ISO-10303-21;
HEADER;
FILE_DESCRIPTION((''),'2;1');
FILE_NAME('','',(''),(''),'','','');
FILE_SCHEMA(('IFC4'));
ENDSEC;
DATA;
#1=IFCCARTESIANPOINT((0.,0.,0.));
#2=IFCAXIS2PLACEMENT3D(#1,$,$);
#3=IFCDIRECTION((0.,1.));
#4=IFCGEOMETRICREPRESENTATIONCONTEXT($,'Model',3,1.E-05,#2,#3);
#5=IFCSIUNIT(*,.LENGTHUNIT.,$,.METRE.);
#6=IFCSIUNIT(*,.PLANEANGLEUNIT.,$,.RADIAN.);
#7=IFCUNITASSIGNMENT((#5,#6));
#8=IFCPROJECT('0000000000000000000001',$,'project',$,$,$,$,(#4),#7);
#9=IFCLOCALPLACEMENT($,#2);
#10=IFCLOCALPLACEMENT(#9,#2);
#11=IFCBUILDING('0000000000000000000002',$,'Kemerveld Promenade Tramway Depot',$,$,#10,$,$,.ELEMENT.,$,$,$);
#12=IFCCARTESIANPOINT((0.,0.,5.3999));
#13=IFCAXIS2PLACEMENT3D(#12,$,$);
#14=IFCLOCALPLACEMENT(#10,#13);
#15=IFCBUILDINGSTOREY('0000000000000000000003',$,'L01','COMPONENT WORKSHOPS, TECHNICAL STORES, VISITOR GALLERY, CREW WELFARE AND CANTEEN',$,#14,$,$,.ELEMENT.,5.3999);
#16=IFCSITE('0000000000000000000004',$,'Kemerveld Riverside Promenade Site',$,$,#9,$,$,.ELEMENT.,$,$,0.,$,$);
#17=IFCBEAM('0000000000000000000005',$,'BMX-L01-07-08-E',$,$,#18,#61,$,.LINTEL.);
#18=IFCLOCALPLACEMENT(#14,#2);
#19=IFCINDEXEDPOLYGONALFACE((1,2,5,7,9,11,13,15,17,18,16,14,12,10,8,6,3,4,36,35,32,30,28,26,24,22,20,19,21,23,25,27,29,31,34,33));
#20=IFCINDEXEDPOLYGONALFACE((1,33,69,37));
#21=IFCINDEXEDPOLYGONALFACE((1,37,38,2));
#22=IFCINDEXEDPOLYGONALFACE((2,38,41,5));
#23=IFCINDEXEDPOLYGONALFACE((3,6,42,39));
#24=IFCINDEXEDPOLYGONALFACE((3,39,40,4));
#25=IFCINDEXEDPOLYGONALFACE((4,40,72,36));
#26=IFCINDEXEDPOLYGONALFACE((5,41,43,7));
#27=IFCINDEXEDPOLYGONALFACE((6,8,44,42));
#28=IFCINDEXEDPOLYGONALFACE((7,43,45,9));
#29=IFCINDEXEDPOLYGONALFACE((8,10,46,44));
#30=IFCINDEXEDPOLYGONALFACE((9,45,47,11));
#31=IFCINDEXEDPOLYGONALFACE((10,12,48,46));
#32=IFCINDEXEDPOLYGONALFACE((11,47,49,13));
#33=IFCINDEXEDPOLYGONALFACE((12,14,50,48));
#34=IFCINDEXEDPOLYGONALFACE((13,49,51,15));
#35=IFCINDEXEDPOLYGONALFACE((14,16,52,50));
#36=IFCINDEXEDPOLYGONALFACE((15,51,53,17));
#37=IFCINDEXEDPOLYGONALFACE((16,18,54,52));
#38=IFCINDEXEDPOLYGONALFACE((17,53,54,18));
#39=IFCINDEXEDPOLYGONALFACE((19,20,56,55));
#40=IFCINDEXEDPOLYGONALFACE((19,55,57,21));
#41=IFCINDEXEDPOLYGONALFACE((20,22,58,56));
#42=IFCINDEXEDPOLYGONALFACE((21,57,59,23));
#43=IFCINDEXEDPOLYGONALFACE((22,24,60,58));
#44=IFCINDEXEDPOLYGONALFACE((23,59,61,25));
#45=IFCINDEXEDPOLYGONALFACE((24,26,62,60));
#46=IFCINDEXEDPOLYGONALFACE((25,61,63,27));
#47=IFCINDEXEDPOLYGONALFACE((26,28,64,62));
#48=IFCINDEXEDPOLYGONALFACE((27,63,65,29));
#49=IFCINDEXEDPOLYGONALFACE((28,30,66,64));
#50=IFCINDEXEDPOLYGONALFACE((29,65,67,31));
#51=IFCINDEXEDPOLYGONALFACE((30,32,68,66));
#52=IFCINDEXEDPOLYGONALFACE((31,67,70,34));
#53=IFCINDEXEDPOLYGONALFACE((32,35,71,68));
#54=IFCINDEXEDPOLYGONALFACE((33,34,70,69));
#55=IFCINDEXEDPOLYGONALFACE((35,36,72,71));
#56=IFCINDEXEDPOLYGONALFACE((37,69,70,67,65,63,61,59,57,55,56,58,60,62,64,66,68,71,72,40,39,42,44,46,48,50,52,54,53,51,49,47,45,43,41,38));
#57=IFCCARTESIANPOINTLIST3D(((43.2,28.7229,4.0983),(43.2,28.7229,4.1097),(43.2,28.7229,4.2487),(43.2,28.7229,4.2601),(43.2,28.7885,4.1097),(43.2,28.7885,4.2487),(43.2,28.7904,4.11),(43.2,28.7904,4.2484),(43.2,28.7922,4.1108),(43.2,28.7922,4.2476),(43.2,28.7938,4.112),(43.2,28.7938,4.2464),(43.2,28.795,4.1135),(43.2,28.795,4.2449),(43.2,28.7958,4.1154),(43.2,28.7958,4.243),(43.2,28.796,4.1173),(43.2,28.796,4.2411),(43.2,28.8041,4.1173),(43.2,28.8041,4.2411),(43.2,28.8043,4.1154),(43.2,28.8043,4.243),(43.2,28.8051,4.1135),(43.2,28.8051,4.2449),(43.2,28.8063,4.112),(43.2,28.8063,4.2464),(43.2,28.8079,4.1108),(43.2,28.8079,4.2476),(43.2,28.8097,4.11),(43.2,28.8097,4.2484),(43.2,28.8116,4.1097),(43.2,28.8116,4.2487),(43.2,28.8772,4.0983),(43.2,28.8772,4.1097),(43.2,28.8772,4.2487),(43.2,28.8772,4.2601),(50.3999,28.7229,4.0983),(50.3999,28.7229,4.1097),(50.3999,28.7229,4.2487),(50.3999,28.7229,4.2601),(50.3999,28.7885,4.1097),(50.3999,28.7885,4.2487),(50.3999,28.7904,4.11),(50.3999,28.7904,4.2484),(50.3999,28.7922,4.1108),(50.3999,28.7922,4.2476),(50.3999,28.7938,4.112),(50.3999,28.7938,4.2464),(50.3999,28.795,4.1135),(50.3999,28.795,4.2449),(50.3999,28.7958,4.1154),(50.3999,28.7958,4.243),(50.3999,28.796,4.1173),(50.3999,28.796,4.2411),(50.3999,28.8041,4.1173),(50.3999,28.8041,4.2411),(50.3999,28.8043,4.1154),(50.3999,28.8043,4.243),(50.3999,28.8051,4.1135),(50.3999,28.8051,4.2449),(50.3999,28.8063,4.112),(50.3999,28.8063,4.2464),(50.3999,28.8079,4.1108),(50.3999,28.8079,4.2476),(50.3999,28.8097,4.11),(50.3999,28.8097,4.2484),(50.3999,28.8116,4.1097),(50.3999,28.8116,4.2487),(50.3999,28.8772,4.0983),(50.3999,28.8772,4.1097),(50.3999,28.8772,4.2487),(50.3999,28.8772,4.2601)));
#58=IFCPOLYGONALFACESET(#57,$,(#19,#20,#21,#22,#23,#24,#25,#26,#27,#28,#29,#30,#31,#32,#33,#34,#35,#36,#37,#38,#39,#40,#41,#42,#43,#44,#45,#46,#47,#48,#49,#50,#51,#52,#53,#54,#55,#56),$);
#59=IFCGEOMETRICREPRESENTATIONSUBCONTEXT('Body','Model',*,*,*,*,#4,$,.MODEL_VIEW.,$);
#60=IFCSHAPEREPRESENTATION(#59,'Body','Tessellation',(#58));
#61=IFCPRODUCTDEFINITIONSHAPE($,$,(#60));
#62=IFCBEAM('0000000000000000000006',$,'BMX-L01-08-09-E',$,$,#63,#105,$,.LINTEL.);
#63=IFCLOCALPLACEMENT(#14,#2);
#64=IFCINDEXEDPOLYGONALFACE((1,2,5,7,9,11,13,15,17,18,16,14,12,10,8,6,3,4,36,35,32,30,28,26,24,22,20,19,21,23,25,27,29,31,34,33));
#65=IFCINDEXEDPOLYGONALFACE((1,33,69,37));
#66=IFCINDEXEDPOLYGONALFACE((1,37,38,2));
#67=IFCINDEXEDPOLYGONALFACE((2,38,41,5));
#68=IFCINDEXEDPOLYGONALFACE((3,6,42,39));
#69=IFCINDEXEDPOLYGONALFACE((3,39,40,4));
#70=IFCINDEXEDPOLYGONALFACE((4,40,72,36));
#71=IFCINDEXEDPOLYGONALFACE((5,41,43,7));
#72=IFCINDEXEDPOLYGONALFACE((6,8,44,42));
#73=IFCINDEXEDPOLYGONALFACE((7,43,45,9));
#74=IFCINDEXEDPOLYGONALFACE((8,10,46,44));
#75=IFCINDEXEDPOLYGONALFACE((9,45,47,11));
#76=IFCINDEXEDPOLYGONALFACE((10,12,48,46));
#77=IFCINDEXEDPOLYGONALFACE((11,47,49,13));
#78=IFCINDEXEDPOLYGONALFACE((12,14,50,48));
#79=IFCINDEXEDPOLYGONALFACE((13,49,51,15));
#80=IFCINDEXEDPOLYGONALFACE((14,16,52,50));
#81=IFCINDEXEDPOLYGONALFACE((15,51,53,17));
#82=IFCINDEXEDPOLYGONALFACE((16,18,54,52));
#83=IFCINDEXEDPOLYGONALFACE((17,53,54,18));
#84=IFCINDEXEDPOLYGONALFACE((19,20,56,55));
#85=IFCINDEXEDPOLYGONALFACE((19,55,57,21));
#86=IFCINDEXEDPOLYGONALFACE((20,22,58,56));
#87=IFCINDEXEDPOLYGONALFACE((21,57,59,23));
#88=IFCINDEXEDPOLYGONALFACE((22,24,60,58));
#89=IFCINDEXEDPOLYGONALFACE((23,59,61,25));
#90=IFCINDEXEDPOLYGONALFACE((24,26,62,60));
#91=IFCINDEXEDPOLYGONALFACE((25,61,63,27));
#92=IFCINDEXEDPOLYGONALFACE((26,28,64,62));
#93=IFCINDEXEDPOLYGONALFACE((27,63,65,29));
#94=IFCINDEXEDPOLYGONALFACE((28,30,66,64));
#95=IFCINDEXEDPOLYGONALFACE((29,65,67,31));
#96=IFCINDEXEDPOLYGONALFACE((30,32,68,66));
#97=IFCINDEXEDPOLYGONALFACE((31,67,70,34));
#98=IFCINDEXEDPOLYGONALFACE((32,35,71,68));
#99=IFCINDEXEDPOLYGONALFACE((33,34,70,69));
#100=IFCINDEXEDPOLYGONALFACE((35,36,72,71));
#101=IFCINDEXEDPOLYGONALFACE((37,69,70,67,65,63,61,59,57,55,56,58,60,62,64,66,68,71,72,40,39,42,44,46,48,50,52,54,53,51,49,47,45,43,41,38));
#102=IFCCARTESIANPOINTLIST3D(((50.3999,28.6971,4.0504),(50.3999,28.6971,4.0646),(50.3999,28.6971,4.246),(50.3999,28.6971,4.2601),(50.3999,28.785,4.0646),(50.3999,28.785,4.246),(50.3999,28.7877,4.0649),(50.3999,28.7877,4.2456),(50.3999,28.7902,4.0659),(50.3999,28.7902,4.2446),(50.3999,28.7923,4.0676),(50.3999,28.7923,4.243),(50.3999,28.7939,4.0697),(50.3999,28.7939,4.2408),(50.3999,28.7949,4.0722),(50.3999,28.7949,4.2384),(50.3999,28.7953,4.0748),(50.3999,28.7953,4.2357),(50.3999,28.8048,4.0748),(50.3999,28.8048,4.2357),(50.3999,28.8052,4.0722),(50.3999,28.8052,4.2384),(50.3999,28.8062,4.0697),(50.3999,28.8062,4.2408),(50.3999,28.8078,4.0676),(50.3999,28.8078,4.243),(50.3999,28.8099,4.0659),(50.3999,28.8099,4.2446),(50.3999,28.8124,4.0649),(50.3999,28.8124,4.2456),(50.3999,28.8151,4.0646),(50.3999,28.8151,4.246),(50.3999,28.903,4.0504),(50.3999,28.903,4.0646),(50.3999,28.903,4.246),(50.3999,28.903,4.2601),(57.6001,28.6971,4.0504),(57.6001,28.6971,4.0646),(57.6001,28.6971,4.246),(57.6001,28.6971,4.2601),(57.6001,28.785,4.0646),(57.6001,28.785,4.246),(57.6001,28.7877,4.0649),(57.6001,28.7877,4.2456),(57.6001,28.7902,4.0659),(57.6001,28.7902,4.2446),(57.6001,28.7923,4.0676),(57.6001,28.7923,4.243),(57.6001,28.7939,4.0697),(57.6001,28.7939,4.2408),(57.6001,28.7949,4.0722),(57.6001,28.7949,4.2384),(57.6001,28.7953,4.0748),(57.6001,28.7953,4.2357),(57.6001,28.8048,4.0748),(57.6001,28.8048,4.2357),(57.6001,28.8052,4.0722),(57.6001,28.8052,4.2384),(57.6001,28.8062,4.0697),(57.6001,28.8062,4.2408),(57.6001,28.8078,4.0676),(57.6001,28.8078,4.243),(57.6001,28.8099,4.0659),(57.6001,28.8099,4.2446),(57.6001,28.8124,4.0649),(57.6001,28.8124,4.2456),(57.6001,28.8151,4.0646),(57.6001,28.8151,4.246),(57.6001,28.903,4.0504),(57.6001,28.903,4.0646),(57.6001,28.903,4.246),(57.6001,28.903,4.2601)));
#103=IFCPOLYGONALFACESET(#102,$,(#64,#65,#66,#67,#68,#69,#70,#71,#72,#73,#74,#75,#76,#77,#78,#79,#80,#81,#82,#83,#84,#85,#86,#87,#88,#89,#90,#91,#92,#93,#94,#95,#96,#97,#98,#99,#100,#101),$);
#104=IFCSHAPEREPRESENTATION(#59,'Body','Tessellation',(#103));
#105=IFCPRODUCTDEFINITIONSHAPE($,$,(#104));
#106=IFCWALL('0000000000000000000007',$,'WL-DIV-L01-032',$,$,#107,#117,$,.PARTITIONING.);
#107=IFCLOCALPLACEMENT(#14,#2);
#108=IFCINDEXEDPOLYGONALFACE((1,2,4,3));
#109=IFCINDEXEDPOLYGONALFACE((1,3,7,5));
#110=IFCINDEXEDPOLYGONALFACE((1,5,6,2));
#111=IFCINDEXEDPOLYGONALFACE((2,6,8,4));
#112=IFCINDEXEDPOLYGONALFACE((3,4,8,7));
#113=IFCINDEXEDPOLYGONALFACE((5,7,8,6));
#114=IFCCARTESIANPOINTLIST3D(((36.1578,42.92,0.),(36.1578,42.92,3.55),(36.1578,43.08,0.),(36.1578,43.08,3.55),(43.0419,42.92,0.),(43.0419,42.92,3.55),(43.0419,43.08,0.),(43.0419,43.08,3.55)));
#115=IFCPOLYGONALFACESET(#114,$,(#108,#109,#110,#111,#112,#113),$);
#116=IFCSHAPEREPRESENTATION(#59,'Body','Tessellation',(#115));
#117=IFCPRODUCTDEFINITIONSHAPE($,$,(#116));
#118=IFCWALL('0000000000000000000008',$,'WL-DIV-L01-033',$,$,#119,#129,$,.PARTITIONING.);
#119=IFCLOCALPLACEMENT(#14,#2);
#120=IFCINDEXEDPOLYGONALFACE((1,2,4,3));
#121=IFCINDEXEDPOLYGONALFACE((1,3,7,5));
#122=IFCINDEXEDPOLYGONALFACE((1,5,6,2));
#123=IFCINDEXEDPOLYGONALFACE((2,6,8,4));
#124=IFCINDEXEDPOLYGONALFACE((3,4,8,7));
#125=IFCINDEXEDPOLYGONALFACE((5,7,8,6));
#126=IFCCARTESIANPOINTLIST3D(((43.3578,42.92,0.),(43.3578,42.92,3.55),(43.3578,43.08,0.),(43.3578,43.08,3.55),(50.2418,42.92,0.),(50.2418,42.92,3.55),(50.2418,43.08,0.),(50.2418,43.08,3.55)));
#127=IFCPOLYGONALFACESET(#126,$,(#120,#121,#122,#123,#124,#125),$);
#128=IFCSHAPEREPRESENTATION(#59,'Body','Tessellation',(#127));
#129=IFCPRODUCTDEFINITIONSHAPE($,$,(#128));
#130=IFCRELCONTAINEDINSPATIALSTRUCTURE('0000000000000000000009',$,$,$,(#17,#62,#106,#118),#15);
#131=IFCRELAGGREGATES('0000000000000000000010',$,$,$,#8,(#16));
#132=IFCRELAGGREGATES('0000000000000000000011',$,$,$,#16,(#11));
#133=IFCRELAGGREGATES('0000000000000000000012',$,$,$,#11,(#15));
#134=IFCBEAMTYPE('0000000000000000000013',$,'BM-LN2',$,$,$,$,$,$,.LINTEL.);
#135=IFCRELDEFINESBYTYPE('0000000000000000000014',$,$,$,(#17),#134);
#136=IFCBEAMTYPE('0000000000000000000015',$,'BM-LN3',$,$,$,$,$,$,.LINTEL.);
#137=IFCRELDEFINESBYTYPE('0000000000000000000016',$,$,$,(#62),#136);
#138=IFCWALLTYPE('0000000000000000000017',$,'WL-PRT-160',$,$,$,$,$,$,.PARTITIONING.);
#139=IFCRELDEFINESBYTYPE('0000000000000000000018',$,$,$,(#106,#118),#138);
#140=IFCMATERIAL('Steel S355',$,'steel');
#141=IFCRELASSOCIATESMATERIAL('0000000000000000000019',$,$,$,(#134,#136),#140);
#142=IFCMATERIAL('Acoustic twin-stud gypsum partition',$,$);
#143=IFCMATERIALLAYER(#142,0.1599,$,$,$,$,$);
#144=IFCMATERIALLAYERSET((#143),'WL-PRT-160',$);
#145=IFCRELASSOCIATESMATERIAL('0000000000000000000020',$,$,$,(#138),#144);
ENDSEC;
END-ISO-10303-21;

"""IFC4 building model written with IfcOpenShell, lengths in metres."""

from ifc_helpers import new_model, si_unit, direction, frame, frame_2d, origin, origin_2d, place, context, subcontext, project, spatial, rectangle, i_section, extrude, material, layer, layer_set, material_profile, profile_set, type_object, element, save


model = new_model("IFC4")

# Units and contexts
model_context = context("Model", 3, precision=1e-05, world=origin(), true_north=direction((0.0, 1.0)))
body_context = subcontext(model_context, "Body", "Model", "MODEL_VIEW")
ifc_project = project(units=[si_unit("LENGTHUNIT", "METRE"), si_unit("PLANEANGLEUNIT", "RADIAN")], contexts=[model_context])

# Site, building, storey
site_placement = place(None, origin())
site = spatial("IfcSite", under=ifc_project, at=site_placement, Name="Kemerveld Riverside Promenade Site", CompositionType="ELEMENT", RefElevation=0.0)
building_placement = place(site_placement, origin())
building = spatial("IfcBuilding", under=site, at=building_placement, Name="Kemerveld Promenade Tramway Depot", CompositionType="ELEMENT")
storey_placement = place(building_placement, frame((0.0, 0.0, 5.3999)))
storey = spatial("IfcBuildingStorey", under=building, at=storey_placement, Name="L01", Description="COMPONENT WORKSHOPS, TECHNICAL STORES, VISITOR GALLERY, CREW WELFARE AND CANTEEN", CompositionType="ELEMENT", Elevation=5.3999)

# Shared definitions
ifc_material_1 = material(Name="Steel S355", Category="steel")

# Beams
ifc_material_profile_1 = material_profile(ifc_material_1, i_section(OverallWidth=0.1543, OverallDepth=0.1619, WebThickness=0.0081, FlangeThickness=0.0115, FilletRadius=0.0076, at=origin_2d()), Name="152x152x37 UC")
ifc_profile_set_1 = profile_set([ifc_material_profile_1], Name="Steel S355")
beam_type_1 = type_object("IfcBeamType", Name="BM-LN2", PredefinedType="LINTEL", material=ifc_profile_set_1)
beam_1_placement = place(storey_placement, frame((43.2, 28.8, 4.1792), z_axis=(1.0, 0.0, 0.0), x_axis=(0.0, 1.0, 0.0)))
element("IfcBeam", 1, at=beam_1_placement, inside=storey, type_object=beam_type_1, Name="BMX-L01-07-08-E", PredefinedType="LINTEL", context=body_context, shape_type="SweptSolid", body=[
    extrude(i_section(OverallWidth=0.1543, OverallDepth=0.1619, WebThickness=0.0081, FlangeThickness=0.0115, FilletRadius=0.0076, at=origin_2d()), origin(), (0.0, 0.0, 1.0), 7.2),
])
ifc_material_profile_2 = material_profile(ifc_material_1, i_section(OverallWidth=0.2058, OverallDepth=0.2097, WebThickness=0.0095, FlangeThickness=0.0142, FilletRadius=0.0103, at=origin_2d()), Name="203x203x60 UC")
ifc_profile_set_2 = profile_set([ifc_material_profile_2], Name="Steel S355")
beam_type_2 = type_object("IfcBeamType", Name="BM-LN3", PredefinedType="LINTEL", material=ifc_profile_set_2)
beam_2_placement = place(storey_placement, frame((50.3999, 28.8, 4.1553), z_axis=(1.0, 0.0, 0.0), x_axis=(0.0, 1.0, 0.0)))
element("IfcBeam", 2, at=beam_2_placement, inside=storey, type_object=beam_type_2, Name="BMX-L01-08-09-E", PredefinedType="LINTEL", context=body_context, shape_type="SweptSolid", body=[
    extrude(i_section(OverallWidth=0.2058, OverallDepth=0.2097, WebThickness=0.0095, FlangeThickness=0.0142, FilletRadius=0.0103, at=origin_2d()), origin(), (0.0, 0.0, 1.0), 7.2002),
])

# Walls
ifc_material_2 = material(Name="Acoustic twin-stud gypsum partition")
ifc_layer = layer(ifc_material_2, 0.1599)
ifc_layer_set = layer_set([ifc_layer], Name="WL-PRT-160")
wall_type = type_object("IfcWallType", Name="WL-PRT-160", PredefinedType="PARTITIONING", material=ifc_layer_set)
for number, where, z_axis, x_axis, name in (
    (3, (36.158, 43.0, 0.0), (0.0, 0.0, 1.0), (1.0, 0.0, 0.0), "WL-DIV-L01-032"),
    (4, (43.3579, 43.0, 0.0), (0.0, 0.0, 1.0), (1.0, 0.0, 0.0), "WL-DIV-L01-033"),
):
    element("IfcWall", number, at=place(storey_placement, frame(where, z_axis=z_axis, x_axis=x_axis)), inside=storey, type_object=wall_type, Name=name, PredefinedType="PARTITIONING", context=body_context, shape_type="SweptSolid", body=[
        extrude(rectangle(XDim=6.884, YDim=0.1599, at=frame_2d((3.4419, 0.0))), origin(), (0.0, 0.0, 1.0), 3.55),
    ])

save(model, "model.ifc")
